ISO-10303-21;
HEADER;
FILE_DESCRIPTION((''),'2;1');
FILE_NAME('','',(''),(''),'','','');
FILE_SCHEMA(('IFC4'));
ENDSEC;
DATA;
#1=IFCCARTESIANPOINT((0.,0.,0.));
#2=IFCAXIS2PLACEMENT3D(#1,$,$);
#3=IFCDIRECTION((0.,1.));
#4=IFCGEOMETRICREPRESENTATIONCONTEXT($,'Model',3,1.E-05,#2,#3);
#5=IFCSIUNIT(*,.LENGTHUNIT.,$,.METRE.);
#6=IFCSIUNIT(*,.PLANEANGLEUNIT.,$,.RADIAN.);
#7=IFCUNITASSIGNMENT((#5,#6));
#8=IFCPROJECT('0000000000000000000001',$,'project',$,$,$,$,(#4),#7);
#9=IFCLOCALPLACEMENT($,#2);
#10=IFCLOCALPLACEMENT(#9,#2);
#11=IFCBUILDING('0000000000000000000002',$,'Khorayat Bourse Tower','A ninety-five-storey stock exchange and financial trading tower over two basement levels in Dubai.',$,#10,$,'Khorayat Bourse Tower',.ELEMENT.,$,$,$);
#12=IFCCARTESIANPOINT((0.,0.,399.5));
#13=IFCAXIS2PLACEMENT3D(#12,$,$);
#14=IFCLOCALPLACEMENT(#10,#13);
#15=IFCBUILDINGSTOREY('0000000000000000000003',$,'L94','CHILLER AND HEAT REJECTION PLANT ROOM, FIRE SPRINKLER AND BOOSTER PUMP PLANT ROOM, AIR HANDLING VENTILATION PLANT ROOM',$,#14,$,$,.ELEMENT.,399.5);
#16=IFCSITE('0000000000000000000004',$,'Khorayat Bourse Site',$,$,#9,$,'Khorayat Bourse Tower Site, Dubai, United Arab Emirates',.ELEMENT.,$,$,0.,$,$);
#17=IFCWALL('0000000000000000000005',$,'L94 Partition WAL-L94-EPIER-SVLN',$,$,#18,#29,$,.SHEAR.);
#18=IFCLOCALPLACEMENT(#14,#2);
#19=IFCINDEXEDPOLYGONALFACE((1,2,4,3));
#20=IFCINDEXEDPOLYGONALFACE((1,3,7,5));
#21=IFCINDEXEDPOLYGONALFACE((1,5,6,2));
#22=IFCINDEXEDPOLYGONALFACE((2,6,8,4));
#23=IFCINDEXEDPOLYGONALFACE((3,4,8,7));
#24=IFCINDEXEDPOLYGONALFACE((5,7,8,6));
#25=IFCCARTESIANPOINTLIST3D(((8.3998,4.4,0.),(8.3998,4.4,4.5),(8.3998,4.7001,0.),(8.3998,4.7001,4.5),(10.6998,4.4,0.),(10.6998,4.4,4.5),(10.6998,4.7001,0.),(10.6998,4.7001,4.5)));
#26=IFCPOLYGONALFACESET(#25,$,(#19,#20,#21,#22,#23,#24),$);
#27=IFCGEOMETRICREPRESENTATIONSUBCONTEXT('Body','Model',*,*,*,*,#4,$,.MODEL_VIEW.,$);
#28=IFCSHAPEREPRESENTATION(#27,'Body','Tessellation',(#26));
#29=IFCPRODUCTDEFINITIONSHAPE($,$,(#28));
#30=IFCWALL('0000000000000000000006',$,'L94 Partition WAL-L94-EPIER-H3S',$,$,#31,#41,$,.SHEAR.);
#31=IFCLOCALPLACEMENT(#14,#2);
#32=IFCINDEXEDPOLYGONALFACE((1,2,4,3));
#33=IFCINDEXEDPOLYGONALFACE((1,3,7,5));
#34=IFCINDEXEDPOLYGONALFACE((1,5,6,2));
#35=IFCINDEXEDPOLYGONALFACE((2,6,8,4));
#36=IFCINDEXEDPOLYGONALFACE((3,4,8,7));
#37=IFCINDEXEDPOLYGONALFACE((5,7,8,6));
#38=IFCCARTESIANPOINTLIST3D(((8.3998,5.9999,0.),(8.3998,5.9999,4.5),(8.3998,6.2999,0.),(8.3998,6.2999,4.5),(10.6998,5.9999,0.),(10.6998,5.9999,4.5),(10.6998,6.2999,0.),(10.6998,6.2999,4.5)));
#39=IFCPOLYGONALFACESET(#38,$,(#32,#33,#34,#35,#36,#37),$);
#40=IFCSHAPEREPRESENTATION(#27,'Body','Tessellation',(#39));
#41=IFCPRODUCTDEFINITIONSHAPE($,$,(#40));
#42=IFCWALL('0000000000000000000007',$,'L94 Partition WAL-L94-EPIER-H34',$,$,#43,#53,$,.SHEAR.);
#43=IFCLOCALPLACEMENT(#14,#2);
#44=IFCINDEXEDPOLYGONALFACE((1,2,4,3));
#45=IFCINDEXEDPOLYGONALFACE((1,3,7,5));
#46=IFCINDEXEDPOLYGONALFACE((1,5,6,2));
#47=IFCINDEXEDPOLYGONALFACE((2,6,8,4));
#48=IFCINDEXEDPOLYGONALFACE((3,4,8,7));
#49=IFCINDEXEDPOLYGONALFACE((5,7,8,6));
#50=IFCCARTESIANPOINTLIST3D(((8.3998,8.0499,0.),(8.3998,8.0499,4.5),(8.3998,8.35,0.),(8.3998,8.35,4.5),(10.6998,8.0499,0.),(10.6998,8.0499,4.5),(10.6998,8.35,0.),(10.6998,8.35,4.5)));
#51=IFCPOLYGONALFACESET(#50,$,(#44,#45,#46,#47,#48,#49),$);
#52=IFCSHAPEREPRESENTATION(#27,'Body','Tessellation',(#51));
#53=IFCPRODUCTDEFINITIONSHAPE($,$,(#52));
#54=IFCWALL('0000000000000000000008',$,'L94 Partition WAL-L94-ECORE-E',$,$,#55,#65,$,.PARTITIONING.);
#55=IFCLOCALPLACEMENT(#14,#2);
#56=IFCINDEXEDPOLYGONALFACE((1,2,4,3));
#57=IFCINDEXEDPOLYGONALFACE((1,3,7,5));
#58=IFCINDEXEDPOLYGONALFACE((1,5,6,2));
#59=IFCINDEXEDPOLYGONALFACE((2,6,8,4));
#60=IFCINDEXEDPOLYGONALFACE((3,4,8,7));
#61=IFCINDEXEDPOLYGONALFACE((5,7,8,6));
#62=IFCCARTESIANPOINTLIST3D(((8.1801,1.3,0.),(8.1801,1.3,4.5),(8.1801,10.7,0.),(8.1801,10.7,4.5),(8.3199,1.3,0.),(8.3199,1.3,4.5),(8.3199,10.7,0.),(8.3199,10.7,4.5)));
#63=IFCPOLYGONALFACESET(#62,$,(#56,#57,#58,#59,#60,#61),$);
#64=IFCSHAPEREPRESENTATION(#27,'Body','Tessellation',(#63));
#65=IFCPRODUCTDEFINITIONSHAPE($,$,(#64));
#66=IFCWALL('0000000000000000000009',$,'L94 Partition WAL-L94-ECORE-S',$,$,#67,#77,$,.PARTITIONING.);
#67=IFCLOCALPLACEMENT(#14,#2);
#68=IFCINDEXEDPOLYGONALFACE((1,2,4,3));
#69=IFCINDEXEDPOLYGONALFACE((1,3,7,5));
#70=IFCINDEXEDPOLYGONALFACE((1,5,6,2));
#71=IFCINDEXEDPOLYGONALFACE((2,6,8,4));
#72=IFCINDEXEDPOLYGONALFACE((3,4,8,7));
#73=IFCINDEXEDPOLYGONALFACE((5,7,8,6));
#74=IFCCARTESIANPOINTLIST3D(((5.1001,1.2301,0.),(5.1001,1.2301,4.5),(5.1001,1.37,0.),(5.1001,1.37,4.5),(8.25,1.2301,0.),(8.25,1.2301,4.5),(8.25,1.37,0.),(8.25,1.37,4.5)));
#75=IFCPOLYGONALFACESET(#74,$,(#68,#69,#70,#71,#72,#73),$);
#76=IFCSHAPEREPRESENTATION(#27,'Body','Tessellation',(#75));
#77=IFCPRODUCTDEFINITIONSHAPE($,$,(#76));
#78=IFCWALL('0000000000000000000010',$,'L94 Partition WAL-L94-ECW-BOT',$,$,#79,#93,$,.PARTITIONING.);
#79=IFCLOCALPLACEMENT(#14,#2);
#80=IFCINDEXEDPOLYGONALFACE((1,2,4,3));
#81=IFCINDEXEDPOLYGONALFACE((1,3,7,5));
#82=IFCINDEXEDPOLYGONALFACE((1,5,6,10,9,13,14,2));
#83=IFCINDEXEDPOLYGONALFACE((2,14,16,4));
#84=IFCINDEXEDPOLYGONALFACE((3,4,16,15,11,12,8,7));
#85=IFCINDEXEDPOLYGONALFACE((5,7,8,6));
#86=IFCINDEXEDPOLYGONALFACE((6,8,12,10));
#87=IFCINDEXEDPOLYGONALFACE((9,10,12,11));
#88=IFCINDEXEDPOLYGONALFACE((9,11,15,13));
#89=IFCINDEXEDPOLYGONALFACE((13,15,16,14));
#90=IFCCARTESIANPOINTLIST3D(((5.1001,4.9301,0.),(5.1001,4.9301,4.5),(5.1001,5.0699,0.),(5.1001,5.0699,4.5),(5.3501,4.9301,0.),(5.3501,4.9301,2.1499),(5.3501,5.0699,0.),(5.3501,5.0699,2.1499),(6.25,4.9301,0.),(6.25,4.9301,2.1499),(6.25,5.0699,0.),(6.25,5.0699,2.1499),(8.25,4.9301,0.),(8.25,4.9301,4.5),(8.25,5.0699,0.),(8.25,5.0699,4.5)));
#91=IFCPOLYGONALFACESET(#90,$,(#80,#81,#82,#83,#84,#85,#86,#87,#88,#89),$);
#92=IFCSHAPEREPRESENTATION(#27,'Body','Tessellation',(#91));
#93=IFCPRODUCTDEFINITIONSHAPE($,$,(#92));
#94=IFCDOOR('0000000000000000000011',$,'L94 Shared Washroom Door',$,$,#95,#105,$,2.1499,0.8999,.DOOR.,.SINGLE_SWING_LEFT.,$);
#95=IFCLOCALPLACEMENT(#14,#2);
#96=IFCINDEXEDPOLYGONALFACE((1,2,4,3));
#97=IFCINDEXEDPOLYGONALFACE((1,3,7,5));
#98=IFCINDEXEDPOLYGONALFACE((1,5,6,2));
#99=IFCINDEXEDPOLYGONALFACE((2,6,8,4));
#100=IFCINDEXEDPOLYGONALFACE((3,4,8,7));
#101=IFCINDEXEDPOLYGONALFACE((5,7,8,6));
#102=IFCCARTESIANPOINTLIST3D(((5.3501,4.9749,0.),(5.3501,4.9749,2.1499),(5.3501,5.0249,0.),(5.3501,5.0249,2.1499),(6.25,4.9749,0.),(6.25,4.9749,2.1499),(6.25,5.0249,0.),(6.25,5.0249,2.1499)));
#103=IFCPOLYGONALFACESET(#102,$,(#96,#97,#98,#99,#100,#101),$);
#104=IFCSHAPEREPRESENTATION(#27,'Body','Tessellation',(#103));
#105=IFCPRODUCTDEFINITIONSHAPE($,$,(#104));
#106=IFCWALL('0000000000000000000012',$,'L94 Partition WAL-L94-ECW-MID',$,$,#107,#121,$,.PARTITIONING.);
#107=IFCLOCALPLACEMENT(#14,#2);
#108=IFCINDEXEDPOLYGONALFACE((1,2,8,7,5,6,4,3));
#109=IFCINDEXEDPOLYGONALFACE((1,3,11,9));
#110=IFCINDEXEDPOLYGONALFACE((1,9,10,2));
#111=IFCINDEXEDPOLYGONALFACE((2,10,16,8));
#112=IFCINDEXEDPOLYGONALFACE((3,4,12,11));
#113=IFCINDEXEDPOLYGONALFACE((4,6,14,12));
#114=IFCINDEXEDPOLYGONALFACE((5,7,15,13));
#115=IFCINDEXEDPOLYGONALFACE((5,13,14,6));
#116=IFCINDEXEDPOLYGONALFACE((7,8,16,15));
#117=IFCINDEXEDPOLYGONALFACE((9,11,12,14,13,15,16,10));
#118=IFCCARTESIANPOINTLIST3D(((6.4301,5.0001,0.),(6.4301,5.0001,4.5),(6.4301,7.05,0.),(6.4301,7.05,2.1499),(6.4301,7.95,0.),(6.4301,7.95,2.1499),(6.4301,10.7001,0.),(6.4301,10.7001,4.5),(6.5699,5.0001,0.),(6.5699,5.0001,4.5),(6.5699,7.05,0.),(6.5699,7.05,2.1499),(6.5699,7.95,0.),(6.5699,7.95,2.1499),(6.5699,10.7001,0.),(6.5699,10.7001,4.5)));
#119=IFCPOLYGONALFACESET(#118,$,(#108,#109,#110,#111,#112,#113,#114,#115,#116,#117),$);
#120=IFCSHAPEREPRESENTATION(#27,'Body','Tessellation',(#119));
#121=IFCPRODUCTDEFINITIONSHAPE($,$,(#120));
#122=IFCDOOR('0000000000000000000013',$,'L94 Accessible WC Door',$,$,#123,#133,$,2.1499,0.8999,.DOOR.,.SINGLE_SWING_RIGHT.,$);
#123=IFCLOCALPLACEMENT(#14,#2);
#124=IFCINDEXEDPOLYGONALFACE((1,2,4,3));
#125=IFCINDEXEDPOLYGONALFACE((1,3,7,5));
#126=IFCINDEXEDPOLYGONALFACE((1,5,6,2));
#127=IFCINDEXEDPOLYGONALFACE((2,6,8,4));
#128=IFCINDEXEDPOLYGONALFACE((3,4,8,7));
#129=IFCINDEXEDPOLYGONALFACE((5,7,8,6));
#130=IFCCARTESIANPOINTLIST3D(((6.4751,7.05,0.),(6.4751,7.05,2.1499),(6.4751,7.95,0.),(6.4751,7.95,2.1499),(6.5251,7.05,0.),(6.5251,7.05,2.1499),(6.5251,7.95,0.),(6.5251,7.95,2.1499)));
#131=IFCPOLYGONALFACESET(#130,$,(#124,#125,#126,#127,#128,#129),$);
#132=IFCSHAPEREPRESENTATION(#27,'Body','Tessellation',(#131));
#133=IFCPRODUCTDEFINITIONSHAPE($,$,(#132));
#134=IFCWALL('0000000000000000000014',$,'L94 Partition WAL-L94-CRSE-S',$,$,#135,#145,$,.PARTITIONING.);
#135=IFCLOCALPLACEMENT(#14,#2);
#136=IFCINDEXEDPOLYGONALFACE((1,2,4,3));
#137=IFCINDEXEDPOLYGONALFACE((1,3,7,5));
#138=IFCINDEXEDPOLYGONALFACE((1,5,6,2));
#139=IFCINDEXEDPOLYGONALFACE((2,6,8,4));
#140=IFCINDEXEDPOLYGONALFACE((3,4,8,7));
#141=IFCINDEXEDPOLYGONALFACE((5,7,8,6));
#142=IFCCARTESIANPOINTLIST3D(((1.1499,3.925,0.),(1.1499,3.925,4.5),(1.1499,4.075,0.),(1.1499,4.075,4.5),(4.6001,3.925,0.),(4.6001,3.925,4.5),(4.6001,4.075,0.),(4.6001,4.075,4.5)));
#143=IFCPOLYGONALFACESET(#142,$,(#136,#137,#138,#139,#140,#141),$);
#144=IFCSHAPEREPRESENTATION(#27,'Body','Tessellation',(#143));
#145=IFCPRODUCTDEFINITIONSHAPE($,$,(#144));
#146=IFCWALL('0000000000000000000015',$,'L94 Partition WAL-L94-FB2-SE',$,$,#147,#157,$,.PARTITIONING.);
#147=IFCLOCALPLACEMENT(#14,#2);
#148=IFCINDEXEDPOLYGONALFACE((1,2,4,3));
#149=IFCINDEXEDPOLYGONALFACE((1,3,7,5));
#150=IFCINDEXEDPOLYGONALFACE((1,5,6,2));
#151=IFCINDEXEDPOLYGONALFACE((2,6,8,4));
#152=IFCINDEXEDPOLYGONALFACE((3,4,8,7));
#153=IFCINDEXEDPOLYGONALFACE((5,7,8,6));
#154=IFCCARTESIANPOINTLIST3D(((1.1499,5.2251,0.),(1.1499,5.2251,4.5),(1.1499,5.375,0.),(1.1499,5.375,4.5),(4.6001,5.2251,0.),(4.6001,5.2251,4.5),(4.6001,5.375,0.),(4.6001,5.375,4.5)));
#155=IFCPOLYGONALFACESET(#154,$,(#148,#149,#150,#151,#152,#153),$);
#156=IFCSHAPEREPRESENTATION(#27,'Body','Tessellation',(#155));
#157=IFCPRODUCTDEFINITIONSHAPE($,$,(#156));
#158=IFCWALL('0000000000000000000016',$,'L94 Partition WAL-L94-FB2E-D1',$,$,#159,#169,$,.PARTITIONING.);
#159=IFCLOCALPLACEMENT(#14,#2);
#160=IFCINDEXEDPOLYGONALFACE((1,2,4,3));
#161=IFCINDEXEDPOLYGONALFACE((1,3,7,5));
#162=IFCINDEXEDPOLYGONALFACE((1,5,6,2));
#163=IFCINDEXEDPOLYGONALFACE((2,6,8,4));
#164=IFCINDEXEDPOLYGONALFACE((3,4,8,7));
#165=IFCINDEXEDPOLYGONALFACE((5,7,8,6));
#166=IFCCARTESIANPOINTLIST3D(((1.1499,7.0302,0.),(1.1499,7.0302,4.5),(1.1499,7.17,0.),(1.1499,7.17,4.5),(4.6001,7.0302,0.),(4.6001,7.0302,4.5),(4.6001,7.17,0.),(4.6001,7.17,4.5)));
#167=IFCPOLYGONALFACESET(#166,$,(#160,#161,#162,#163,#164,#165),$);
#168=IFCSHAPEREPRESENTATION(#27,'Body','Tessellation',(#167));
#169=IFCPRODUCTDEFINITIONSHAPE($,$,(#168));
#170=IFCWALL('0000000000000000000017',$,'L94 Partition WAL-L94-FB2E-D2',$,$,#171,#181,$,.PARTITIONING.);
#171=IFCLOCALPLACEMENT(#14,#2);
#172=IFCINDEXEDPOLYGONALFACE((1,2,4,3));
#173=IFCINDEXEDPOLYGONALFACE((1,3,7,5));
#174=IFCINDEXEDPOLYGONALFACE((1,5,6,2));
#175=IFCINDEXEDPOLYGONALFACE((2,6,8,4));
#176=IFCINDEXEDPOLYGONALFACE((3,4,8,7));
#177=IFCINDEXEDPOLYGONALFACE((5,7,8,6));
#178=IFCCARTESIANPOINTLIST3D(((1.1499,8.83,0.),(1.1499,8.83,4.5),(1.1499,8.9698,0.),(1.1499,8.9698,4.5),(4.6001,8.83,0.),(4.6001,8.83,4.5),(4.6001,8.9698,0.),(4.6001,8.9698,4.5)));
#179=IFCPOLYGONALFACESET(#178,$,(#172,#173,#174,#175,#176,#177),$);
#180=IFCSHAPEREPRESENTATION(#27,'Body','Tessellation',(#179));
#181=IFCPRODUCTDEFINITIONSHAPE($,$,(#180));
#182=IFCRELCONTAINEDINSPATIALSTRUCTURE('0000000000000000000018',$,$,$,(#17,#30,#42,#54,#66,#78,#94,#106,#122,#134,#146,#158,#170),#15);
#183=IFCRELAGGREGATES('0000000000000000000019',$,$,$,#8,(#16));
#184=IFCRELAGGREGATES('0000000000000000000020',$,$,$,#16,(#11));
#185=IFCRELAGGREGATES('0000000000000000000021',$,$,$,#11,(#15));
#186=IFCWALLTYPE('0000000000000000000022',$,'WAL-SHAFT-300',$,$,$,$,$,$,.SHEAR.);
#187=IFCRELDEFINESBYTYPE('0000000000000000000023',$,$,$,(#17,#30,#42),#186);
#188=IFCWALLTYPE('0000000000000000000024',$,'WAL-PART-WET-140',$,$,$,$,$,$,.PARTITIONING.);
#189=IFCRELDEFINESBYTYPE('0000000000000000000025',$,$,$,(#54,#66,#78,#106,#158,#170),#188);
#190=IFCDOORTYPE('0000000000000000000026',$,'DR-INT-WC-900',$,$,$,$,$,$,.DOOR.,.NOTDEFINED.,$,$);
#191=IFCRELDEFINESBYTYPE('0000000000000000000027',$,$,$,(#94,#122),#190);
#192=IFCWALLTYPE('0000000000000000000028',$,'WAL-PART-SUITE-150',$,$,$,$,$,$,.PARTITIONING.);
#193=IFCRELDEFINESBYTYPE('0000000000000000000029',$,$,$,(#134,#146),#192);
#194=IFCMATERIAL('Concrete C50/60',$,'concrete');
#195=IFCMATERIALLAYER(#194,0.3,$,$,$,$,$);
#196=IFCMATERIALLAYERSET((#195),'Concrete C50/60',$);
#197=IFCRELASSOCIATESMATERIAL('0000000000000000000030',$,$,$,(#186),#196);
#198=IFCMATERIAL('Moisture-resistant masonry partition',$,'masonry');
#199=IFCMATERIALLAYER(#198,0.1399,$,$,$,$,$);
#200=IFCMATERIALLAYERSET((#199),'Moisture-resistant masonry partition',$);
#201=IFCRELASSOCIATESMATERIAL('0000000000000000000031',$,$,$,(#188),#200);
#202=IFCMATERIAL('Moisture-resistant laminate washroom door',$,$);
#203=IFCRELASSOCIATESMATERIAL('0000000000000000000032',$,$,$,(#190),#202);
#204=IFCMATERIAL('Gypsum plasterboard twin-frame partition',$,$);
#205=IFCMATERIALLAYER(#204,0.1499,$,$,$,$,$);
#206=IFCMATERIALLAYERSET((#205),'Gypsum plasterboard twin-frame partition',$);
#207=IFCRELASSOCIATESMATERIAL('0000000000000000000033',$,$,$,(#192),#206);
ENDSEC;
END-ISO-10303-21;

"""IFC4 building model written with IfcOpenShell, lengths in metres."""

from ifc_helpers import new_model, si_unit, direction, frame, frame_2d, origin, place, context, subcontext, project, spatial, rectangle, extrude, source, transform, mapped, material, layer, layer_set, type_object, element, fill, save


model = new_model("IFC4")

# Units and contexts
model_context = context("Model", 3, precision=1e-05, world=origin(), true_north=direction((0.0, 1.0)))
body_context = subcontext(model_context, "Body", "Model", "MODEL_VIEW")
ifc_project = project(units=[si_unit("LENGTHUNIT", "METRE"), si_unit("PLANEANGLEUNIT", "RADIAN")], contexts=[model_context])

# Site, building, storey
site_placement = place(None, origin())
site = spatial("IfcSite", under=ifc_project, at=site_placement, Name="Khorayat Bourse Site", LongName="Khorayat Bourse Tower Site, Dubai, United Arab Emirates", CompositionType="ELEMENT", RefElevation=0.0)
building_placement = place(site_placement, origin())
building = spatial("IfcBuilding", under=site, at=building_placement, Name="Khorayat Bourse Tower", Description="A ninety-five-storey stock exchange and financial trading tower over two basement levels in Dubai.", LongName="Khorayat Bourse Tower", CompositionType="ELEMENT")
storey_placement = place(building_placement, frame((0.0, 0.0, 399.5)))
storey = spatial("IfcBuildingStorey", under=building, at=storey_placement, Name="L94", Description="CHILLER AND HEAT REJECTION PLANT ROOM, FIRE SPRINKLER AND BOOSTER PUMP PLANT ROOM, AIR HANDLING VENTILATION PLANT ROOM", CompositionType="ELEMENT", Elevation=399.5)

# Walls
ifc_material_1 = material(Name="Concrete C50/60", Category="concrete")
ifc_layer_1 = layer(ifc_material_1, 0.3)
ifc_layer_set_1 = layer_set([ifc_layer_1], Name="Concrete C50/60")
wall_type_1 = type_object("IfcWallType", Name="WAL-SHAFT-300", PredefinedType="SHEAR", material=ifc_layer_set_1)
shared_shape_1 = source(origin(), body_context, "Body", "SweptSolid", [
    extrude(rectangle(XDim=2.3, YDim=0.3, at=frame_2d((1.1499, 0.0))), origin(), (0.0, 0.0, 1.0), 4.5),
])
for number, where, z_axis, x_axis, name in (
    (1, (8.3999, 4.55, 0.0), (0.0, 0.0, 1.0), (1.0, 0.0, 0.0), "L94 Partition WAL-L94-EPIER-SVLN"),
    (2, (8.3999, 6.1499, 0.0), (0.0, 0.0, 1.0), (1.0, 0.0, 0.0), "L94 Partition WAL-L94-EPIER-H3S"),
    (3, (8.3999, 8.2, 0.0), (0.0, 0.0, 1.0), (1.0, 0.0, 0.0), "L94 Partition WAL-L94-EPIER-H34"),
):
    element("IfcWall", number, at=place(storey_placement, frame(where, z_axis=z_axis, x_axis=x_axis)), inside=storey, type_object=wall_type_1, Name=name, PredefinedType="SHEAR", context=body_context, shape_type="MappedRepresentation", body=[
        mapped(shared_shape_1, transform((0.0, 0.0, 0.0), scale=1.0)),
    ])
ifc_material_2 = material(Name="Moisture-resistant masonry partition", Category="masonry")
ifc_layer_2 = layer(ifc_material_2, 0.1399)
ifc_layer_set_2 = layer_set([ifc_layer_2], Name="Moisture-resistant masonry partition")
wall_type_2 = type_object("IfcWallType", Name="WAL-PART-WET-140", PredefinedType="PARTITIONING", material=ifc_layer_set_2)
shared_shape_2 = source(origin(), body_context, "Body", "SweptSolid", [
    extrude(rectangle(XDim=9.3999, YDim=0.1399, at=frame_2d((4.7, 0.0))), origin(), (0.0, 0.0, 1.0), 4.5),
])
wall_1_placement = place(storey_placement, frame((8.25, 1.3, 0.0), z_axis=(0.0, 0.0, 1.0), x_axis=(0.0, 1.0, 0.0)))
element("IfcWall", 4, at=wall_1_placement, inside=storey, type_object=wall_type_2, Name="L94 Partition WAL-L94-ECORE-E", PredefinedType="PARTITIONING", context=body_context, shape_type="MappedRepresentation", body=[
    mapped(shared_shape_2, transform((0.0, 0.0, 0.0), scale=1.0)),
])
shared_shape_3 = source(origin(), body_context, "Body", "SweptSolid", [
    extrude(rectangle(XDim=3.1499, YDim=0.1399, at=frame_2d((1.575, 0.0))), origin(), (0.0, 0.0, 1.0), 4.5),
])
wall_2_placement = place(storey_placement, frame((5.1001, 1.3, 0.0), z_axis=(0.0, 0.0, 1.0), x_axis=(1.0, 0.0, 0.0)))
element("IfcWall", 5, at=wall_2_placement, inside=storey, type_object=wall_type_2, Name="L94 Partition WAL-L94-ECORE-S", PredefinedType="PARTITIONING", context=body_context, shape_type="MappedRepresentation", body=[
    mapped(shared_shape_3, transform((0.0, 0.0, 0.0), scale=1.0)),
])

# Walls, openings, doors
wall_3_placement = place(storey_placement, frame((5.1001, 5.0, 0.0), z_axis=(0.0, 0.0, 1.0), x_axis=(1.0, 0.0, 0.0)))
wall_3 = element("IfcWall", 6, at=wall_3_placement, inside=storey, type_object=wall_type_2, Name="L94 Partition WAL-L94-ECW-BOT", PredefinedType="PARTITIONING", context=body_context, shape_type="MappedRepresentation", body=[
    mapped(shared_shape_3, transform((0.0, 0.0, 0.0), scale=1.0)),
])
shared_shape_4 = source(origin(), body_context, "Body", "SweptSolid", [
    extrude(rectangle(XDim=0.8999, YDim=2.1499, at=frame_2d((0.45, 1.075))), frame((0.0, 0.0798, 0.0), z_axis=(0.0, -1.0, 0.0), x_axis=(1.0, 0.0, 0.0)), (0.0, 0.0, 1.0), 0.1599),
])
opening_1_placement = place(wall_3_placement, frame((0.25, 0.0, 0.0)))
opening_1 = element("IfcOpeningElement", 7, at=opening_1_placement, cuts=wall_3, PredefinedType="OPENING", context=body_context, shape_type="MappedRepresentation", body=[
    mapped(shared_shape_4, transform((0.0, 0.0, 0.0), scale=1.0)),
])
ifc_material_3 = material(Name="Moisture-resistant laminate washroom door")
door_type = type_object("IfcDoorType", Name="DR-INT-WC-900", OperationType="NOTDEFINED", PredefinedType="DOOR", material=ifc_material_3)
shared_shape_5 = source(origin(), body_context, "Body", "SweptSolid", [
    extrude(rectangle(XDim=0.8999, YDim=2.1499, at=frame_2d((0.45, 1.075))), frame((0.0, 0.0249, 0.0), z_axis=(0.0, -1.0, 0.0), x_axis=(1.0, 0.0, 0.0)), (0.0, 0.0, 1.0), 0.05),
])
door_1_placement = place(opening_1_placement, origin())
door_1 = element("IfcDoor", 8, at=door_1_placement, inside=storey, type_object=door_type, Name="L94 Shared Washroom Door", OperationType="SINGLE_SWING_LEFT", OverallHeight=2.1499, OverallWidth=0.8999, PredefinedType="DOOR", context=body_context, shape_type="MappedRepresentation", body=[
    mapped(shared_shape_5, transform((0.0, 0.0, 0.0), scale=1.0)),
])
fill(opening_1, door_1)
shared_shape_6 = source(origin(), body_context, "Body", "SweptSolid", [
    extrude(rectangle(XDim=5.7, YDim=0.1399, at=frame_2d((2.8501, 0.0))), origin(), (0.0, 0.0, 1.0), 4.5),
])
wall_4_placement = place(storey_placement, frame((6.5, 5.0, 0.0), z_axis=(0.0, 0.0, 1.0), x_axis=(0.0, 1.0, 0.0)))
wall_4 = element("IfcWall", 9, at=wall_4_placement, inside=storey, type_object=wall_type_2, Name="L94 Partition WAL-L94-ECW-MID", PredefinedType="PARTITIONING", context=body_context, shape_type="MappedRepresentation", body=[
    mapped(shared_shape_6, transform((0.0, 0.0, 0.0), scale=1.0)),
])
opening_2_placement = place(wall_4_placement, frame((2.05, 0.0, 0.0)))
opening_2 = element("IfcOpeningElement", 10, at=opening_2_placement, cuts=wall_4, PredefinedType="OPENING", context=body_context, shape_type="MappedRepresentation", body=[
    mapped(shared_shape_4, transform((0.0, 0.0, 0.0), scale=1.0)),
])
door_2_placement = place(opening_2_placement, origin())
door_2 = element("IfcDoor", 11, at=door_2_placement, inside=storey, type_object=door_type, Name="L94 Accessible WC Door", OperationType="SINGLE_SWING_RIGHT", OverallHeight=2.1499, OverallWidth=0.8999, PredefinedType="DOOR", context=body_context, shape_type="MappedRepresentation", body=[
    mapped(shared_shape_5, transform((0.0, 0.0, 0.0), scale=1.0)),
])
fill(opening_2, door_2)

# Walls
ifc_material_4 = material(Name="Gypsum plasterboard twin-frame partition")
ifc_layer_3 = layer(ifc_material_4, 0.1499)
ifc_layer_set_3 = layer_set([ifc_layer_3], Name="Gypsum plasterboard twin-frame partition")
wall_type_3 = type_object("IfcWallType", Name="WAL-PART-SUITE-150", PredefinedType="PARTITIONING", material=ifc_layer_set_3)
shared_shape_7 = source(origin(), body_context, "Body", "SweptSolid", [
    extrude(rectangle(XDim=3.4502, YDim=0.1499, at=frame_2d((1.7251, 0.0))), origin(), (0.0, 0.0, 1.0), 4.5),
])
for number, where, z_axis, x_axis, name in (
    (12, (1.1499, 4.0, 0.0), (0.0, 0.0, 1.0), (1.0, 0.0, 0.0), "L94 Partition WAL-L94-CRSE-S"),
    (13, (1.1499, 5.3, 0.0), (0.0, 0.0, 1.0), (1.0, 0.0, 0.0), "L94 Partition WAL-L94-FB2-SE"),
):
    element("IfcWall", number, at=place(storey_placement, frame(where, z_axis=z_axis, x_axis=x_axis)), inside=storey, type_object=wall_type_3, Name=name, PredefinedType="PARTITIONING", context=body_context, shape_type="MappedRepresentation", body=[
        mapped(shared_shape_7, transform((0.0, 0.0, 0.0), scale=1.0)),
    ])
shared_shape_8 = source(origin(), body_context, "Body", "SweptSolid", [
    extrude(rectangle(XDim=3.4502, YDim=0.1399, at=frame_2d((1.7251, 0.0))), origin(), (0.0, 0.0, 1.0), 4.5),
])
for number, where, z_axis, x_axis, name in (
    (14, (1.1499, 7.1001, 0.0), (0.0, 0.0, 1.0), (1.0, 0.0, 0.0), "L94 Partition WAL-L94-FB2E-D1"),
    (15, (1.1499, 8.8999, 0.0), (0.0, 0.0, 1.0), (1.0, 0.0, 0.0), "L94 Partition WAL-L94-FB2E-D2"),
):
    element("IfcWall", number, at=place(storey_placement, frame(where, z_axis=z_axis, x_axis=x_axis)), inside=storey, type_object=wall_type_2, Name=name, PredefinedType="PARTITIONING", context=body_context, shape_type="MappedRepresentation", body=[
        mapped(shared_shape_8, transform((0.0, 0.0, 0.0), scale=1.0)),
    ])

save(model, "model.ifc")
